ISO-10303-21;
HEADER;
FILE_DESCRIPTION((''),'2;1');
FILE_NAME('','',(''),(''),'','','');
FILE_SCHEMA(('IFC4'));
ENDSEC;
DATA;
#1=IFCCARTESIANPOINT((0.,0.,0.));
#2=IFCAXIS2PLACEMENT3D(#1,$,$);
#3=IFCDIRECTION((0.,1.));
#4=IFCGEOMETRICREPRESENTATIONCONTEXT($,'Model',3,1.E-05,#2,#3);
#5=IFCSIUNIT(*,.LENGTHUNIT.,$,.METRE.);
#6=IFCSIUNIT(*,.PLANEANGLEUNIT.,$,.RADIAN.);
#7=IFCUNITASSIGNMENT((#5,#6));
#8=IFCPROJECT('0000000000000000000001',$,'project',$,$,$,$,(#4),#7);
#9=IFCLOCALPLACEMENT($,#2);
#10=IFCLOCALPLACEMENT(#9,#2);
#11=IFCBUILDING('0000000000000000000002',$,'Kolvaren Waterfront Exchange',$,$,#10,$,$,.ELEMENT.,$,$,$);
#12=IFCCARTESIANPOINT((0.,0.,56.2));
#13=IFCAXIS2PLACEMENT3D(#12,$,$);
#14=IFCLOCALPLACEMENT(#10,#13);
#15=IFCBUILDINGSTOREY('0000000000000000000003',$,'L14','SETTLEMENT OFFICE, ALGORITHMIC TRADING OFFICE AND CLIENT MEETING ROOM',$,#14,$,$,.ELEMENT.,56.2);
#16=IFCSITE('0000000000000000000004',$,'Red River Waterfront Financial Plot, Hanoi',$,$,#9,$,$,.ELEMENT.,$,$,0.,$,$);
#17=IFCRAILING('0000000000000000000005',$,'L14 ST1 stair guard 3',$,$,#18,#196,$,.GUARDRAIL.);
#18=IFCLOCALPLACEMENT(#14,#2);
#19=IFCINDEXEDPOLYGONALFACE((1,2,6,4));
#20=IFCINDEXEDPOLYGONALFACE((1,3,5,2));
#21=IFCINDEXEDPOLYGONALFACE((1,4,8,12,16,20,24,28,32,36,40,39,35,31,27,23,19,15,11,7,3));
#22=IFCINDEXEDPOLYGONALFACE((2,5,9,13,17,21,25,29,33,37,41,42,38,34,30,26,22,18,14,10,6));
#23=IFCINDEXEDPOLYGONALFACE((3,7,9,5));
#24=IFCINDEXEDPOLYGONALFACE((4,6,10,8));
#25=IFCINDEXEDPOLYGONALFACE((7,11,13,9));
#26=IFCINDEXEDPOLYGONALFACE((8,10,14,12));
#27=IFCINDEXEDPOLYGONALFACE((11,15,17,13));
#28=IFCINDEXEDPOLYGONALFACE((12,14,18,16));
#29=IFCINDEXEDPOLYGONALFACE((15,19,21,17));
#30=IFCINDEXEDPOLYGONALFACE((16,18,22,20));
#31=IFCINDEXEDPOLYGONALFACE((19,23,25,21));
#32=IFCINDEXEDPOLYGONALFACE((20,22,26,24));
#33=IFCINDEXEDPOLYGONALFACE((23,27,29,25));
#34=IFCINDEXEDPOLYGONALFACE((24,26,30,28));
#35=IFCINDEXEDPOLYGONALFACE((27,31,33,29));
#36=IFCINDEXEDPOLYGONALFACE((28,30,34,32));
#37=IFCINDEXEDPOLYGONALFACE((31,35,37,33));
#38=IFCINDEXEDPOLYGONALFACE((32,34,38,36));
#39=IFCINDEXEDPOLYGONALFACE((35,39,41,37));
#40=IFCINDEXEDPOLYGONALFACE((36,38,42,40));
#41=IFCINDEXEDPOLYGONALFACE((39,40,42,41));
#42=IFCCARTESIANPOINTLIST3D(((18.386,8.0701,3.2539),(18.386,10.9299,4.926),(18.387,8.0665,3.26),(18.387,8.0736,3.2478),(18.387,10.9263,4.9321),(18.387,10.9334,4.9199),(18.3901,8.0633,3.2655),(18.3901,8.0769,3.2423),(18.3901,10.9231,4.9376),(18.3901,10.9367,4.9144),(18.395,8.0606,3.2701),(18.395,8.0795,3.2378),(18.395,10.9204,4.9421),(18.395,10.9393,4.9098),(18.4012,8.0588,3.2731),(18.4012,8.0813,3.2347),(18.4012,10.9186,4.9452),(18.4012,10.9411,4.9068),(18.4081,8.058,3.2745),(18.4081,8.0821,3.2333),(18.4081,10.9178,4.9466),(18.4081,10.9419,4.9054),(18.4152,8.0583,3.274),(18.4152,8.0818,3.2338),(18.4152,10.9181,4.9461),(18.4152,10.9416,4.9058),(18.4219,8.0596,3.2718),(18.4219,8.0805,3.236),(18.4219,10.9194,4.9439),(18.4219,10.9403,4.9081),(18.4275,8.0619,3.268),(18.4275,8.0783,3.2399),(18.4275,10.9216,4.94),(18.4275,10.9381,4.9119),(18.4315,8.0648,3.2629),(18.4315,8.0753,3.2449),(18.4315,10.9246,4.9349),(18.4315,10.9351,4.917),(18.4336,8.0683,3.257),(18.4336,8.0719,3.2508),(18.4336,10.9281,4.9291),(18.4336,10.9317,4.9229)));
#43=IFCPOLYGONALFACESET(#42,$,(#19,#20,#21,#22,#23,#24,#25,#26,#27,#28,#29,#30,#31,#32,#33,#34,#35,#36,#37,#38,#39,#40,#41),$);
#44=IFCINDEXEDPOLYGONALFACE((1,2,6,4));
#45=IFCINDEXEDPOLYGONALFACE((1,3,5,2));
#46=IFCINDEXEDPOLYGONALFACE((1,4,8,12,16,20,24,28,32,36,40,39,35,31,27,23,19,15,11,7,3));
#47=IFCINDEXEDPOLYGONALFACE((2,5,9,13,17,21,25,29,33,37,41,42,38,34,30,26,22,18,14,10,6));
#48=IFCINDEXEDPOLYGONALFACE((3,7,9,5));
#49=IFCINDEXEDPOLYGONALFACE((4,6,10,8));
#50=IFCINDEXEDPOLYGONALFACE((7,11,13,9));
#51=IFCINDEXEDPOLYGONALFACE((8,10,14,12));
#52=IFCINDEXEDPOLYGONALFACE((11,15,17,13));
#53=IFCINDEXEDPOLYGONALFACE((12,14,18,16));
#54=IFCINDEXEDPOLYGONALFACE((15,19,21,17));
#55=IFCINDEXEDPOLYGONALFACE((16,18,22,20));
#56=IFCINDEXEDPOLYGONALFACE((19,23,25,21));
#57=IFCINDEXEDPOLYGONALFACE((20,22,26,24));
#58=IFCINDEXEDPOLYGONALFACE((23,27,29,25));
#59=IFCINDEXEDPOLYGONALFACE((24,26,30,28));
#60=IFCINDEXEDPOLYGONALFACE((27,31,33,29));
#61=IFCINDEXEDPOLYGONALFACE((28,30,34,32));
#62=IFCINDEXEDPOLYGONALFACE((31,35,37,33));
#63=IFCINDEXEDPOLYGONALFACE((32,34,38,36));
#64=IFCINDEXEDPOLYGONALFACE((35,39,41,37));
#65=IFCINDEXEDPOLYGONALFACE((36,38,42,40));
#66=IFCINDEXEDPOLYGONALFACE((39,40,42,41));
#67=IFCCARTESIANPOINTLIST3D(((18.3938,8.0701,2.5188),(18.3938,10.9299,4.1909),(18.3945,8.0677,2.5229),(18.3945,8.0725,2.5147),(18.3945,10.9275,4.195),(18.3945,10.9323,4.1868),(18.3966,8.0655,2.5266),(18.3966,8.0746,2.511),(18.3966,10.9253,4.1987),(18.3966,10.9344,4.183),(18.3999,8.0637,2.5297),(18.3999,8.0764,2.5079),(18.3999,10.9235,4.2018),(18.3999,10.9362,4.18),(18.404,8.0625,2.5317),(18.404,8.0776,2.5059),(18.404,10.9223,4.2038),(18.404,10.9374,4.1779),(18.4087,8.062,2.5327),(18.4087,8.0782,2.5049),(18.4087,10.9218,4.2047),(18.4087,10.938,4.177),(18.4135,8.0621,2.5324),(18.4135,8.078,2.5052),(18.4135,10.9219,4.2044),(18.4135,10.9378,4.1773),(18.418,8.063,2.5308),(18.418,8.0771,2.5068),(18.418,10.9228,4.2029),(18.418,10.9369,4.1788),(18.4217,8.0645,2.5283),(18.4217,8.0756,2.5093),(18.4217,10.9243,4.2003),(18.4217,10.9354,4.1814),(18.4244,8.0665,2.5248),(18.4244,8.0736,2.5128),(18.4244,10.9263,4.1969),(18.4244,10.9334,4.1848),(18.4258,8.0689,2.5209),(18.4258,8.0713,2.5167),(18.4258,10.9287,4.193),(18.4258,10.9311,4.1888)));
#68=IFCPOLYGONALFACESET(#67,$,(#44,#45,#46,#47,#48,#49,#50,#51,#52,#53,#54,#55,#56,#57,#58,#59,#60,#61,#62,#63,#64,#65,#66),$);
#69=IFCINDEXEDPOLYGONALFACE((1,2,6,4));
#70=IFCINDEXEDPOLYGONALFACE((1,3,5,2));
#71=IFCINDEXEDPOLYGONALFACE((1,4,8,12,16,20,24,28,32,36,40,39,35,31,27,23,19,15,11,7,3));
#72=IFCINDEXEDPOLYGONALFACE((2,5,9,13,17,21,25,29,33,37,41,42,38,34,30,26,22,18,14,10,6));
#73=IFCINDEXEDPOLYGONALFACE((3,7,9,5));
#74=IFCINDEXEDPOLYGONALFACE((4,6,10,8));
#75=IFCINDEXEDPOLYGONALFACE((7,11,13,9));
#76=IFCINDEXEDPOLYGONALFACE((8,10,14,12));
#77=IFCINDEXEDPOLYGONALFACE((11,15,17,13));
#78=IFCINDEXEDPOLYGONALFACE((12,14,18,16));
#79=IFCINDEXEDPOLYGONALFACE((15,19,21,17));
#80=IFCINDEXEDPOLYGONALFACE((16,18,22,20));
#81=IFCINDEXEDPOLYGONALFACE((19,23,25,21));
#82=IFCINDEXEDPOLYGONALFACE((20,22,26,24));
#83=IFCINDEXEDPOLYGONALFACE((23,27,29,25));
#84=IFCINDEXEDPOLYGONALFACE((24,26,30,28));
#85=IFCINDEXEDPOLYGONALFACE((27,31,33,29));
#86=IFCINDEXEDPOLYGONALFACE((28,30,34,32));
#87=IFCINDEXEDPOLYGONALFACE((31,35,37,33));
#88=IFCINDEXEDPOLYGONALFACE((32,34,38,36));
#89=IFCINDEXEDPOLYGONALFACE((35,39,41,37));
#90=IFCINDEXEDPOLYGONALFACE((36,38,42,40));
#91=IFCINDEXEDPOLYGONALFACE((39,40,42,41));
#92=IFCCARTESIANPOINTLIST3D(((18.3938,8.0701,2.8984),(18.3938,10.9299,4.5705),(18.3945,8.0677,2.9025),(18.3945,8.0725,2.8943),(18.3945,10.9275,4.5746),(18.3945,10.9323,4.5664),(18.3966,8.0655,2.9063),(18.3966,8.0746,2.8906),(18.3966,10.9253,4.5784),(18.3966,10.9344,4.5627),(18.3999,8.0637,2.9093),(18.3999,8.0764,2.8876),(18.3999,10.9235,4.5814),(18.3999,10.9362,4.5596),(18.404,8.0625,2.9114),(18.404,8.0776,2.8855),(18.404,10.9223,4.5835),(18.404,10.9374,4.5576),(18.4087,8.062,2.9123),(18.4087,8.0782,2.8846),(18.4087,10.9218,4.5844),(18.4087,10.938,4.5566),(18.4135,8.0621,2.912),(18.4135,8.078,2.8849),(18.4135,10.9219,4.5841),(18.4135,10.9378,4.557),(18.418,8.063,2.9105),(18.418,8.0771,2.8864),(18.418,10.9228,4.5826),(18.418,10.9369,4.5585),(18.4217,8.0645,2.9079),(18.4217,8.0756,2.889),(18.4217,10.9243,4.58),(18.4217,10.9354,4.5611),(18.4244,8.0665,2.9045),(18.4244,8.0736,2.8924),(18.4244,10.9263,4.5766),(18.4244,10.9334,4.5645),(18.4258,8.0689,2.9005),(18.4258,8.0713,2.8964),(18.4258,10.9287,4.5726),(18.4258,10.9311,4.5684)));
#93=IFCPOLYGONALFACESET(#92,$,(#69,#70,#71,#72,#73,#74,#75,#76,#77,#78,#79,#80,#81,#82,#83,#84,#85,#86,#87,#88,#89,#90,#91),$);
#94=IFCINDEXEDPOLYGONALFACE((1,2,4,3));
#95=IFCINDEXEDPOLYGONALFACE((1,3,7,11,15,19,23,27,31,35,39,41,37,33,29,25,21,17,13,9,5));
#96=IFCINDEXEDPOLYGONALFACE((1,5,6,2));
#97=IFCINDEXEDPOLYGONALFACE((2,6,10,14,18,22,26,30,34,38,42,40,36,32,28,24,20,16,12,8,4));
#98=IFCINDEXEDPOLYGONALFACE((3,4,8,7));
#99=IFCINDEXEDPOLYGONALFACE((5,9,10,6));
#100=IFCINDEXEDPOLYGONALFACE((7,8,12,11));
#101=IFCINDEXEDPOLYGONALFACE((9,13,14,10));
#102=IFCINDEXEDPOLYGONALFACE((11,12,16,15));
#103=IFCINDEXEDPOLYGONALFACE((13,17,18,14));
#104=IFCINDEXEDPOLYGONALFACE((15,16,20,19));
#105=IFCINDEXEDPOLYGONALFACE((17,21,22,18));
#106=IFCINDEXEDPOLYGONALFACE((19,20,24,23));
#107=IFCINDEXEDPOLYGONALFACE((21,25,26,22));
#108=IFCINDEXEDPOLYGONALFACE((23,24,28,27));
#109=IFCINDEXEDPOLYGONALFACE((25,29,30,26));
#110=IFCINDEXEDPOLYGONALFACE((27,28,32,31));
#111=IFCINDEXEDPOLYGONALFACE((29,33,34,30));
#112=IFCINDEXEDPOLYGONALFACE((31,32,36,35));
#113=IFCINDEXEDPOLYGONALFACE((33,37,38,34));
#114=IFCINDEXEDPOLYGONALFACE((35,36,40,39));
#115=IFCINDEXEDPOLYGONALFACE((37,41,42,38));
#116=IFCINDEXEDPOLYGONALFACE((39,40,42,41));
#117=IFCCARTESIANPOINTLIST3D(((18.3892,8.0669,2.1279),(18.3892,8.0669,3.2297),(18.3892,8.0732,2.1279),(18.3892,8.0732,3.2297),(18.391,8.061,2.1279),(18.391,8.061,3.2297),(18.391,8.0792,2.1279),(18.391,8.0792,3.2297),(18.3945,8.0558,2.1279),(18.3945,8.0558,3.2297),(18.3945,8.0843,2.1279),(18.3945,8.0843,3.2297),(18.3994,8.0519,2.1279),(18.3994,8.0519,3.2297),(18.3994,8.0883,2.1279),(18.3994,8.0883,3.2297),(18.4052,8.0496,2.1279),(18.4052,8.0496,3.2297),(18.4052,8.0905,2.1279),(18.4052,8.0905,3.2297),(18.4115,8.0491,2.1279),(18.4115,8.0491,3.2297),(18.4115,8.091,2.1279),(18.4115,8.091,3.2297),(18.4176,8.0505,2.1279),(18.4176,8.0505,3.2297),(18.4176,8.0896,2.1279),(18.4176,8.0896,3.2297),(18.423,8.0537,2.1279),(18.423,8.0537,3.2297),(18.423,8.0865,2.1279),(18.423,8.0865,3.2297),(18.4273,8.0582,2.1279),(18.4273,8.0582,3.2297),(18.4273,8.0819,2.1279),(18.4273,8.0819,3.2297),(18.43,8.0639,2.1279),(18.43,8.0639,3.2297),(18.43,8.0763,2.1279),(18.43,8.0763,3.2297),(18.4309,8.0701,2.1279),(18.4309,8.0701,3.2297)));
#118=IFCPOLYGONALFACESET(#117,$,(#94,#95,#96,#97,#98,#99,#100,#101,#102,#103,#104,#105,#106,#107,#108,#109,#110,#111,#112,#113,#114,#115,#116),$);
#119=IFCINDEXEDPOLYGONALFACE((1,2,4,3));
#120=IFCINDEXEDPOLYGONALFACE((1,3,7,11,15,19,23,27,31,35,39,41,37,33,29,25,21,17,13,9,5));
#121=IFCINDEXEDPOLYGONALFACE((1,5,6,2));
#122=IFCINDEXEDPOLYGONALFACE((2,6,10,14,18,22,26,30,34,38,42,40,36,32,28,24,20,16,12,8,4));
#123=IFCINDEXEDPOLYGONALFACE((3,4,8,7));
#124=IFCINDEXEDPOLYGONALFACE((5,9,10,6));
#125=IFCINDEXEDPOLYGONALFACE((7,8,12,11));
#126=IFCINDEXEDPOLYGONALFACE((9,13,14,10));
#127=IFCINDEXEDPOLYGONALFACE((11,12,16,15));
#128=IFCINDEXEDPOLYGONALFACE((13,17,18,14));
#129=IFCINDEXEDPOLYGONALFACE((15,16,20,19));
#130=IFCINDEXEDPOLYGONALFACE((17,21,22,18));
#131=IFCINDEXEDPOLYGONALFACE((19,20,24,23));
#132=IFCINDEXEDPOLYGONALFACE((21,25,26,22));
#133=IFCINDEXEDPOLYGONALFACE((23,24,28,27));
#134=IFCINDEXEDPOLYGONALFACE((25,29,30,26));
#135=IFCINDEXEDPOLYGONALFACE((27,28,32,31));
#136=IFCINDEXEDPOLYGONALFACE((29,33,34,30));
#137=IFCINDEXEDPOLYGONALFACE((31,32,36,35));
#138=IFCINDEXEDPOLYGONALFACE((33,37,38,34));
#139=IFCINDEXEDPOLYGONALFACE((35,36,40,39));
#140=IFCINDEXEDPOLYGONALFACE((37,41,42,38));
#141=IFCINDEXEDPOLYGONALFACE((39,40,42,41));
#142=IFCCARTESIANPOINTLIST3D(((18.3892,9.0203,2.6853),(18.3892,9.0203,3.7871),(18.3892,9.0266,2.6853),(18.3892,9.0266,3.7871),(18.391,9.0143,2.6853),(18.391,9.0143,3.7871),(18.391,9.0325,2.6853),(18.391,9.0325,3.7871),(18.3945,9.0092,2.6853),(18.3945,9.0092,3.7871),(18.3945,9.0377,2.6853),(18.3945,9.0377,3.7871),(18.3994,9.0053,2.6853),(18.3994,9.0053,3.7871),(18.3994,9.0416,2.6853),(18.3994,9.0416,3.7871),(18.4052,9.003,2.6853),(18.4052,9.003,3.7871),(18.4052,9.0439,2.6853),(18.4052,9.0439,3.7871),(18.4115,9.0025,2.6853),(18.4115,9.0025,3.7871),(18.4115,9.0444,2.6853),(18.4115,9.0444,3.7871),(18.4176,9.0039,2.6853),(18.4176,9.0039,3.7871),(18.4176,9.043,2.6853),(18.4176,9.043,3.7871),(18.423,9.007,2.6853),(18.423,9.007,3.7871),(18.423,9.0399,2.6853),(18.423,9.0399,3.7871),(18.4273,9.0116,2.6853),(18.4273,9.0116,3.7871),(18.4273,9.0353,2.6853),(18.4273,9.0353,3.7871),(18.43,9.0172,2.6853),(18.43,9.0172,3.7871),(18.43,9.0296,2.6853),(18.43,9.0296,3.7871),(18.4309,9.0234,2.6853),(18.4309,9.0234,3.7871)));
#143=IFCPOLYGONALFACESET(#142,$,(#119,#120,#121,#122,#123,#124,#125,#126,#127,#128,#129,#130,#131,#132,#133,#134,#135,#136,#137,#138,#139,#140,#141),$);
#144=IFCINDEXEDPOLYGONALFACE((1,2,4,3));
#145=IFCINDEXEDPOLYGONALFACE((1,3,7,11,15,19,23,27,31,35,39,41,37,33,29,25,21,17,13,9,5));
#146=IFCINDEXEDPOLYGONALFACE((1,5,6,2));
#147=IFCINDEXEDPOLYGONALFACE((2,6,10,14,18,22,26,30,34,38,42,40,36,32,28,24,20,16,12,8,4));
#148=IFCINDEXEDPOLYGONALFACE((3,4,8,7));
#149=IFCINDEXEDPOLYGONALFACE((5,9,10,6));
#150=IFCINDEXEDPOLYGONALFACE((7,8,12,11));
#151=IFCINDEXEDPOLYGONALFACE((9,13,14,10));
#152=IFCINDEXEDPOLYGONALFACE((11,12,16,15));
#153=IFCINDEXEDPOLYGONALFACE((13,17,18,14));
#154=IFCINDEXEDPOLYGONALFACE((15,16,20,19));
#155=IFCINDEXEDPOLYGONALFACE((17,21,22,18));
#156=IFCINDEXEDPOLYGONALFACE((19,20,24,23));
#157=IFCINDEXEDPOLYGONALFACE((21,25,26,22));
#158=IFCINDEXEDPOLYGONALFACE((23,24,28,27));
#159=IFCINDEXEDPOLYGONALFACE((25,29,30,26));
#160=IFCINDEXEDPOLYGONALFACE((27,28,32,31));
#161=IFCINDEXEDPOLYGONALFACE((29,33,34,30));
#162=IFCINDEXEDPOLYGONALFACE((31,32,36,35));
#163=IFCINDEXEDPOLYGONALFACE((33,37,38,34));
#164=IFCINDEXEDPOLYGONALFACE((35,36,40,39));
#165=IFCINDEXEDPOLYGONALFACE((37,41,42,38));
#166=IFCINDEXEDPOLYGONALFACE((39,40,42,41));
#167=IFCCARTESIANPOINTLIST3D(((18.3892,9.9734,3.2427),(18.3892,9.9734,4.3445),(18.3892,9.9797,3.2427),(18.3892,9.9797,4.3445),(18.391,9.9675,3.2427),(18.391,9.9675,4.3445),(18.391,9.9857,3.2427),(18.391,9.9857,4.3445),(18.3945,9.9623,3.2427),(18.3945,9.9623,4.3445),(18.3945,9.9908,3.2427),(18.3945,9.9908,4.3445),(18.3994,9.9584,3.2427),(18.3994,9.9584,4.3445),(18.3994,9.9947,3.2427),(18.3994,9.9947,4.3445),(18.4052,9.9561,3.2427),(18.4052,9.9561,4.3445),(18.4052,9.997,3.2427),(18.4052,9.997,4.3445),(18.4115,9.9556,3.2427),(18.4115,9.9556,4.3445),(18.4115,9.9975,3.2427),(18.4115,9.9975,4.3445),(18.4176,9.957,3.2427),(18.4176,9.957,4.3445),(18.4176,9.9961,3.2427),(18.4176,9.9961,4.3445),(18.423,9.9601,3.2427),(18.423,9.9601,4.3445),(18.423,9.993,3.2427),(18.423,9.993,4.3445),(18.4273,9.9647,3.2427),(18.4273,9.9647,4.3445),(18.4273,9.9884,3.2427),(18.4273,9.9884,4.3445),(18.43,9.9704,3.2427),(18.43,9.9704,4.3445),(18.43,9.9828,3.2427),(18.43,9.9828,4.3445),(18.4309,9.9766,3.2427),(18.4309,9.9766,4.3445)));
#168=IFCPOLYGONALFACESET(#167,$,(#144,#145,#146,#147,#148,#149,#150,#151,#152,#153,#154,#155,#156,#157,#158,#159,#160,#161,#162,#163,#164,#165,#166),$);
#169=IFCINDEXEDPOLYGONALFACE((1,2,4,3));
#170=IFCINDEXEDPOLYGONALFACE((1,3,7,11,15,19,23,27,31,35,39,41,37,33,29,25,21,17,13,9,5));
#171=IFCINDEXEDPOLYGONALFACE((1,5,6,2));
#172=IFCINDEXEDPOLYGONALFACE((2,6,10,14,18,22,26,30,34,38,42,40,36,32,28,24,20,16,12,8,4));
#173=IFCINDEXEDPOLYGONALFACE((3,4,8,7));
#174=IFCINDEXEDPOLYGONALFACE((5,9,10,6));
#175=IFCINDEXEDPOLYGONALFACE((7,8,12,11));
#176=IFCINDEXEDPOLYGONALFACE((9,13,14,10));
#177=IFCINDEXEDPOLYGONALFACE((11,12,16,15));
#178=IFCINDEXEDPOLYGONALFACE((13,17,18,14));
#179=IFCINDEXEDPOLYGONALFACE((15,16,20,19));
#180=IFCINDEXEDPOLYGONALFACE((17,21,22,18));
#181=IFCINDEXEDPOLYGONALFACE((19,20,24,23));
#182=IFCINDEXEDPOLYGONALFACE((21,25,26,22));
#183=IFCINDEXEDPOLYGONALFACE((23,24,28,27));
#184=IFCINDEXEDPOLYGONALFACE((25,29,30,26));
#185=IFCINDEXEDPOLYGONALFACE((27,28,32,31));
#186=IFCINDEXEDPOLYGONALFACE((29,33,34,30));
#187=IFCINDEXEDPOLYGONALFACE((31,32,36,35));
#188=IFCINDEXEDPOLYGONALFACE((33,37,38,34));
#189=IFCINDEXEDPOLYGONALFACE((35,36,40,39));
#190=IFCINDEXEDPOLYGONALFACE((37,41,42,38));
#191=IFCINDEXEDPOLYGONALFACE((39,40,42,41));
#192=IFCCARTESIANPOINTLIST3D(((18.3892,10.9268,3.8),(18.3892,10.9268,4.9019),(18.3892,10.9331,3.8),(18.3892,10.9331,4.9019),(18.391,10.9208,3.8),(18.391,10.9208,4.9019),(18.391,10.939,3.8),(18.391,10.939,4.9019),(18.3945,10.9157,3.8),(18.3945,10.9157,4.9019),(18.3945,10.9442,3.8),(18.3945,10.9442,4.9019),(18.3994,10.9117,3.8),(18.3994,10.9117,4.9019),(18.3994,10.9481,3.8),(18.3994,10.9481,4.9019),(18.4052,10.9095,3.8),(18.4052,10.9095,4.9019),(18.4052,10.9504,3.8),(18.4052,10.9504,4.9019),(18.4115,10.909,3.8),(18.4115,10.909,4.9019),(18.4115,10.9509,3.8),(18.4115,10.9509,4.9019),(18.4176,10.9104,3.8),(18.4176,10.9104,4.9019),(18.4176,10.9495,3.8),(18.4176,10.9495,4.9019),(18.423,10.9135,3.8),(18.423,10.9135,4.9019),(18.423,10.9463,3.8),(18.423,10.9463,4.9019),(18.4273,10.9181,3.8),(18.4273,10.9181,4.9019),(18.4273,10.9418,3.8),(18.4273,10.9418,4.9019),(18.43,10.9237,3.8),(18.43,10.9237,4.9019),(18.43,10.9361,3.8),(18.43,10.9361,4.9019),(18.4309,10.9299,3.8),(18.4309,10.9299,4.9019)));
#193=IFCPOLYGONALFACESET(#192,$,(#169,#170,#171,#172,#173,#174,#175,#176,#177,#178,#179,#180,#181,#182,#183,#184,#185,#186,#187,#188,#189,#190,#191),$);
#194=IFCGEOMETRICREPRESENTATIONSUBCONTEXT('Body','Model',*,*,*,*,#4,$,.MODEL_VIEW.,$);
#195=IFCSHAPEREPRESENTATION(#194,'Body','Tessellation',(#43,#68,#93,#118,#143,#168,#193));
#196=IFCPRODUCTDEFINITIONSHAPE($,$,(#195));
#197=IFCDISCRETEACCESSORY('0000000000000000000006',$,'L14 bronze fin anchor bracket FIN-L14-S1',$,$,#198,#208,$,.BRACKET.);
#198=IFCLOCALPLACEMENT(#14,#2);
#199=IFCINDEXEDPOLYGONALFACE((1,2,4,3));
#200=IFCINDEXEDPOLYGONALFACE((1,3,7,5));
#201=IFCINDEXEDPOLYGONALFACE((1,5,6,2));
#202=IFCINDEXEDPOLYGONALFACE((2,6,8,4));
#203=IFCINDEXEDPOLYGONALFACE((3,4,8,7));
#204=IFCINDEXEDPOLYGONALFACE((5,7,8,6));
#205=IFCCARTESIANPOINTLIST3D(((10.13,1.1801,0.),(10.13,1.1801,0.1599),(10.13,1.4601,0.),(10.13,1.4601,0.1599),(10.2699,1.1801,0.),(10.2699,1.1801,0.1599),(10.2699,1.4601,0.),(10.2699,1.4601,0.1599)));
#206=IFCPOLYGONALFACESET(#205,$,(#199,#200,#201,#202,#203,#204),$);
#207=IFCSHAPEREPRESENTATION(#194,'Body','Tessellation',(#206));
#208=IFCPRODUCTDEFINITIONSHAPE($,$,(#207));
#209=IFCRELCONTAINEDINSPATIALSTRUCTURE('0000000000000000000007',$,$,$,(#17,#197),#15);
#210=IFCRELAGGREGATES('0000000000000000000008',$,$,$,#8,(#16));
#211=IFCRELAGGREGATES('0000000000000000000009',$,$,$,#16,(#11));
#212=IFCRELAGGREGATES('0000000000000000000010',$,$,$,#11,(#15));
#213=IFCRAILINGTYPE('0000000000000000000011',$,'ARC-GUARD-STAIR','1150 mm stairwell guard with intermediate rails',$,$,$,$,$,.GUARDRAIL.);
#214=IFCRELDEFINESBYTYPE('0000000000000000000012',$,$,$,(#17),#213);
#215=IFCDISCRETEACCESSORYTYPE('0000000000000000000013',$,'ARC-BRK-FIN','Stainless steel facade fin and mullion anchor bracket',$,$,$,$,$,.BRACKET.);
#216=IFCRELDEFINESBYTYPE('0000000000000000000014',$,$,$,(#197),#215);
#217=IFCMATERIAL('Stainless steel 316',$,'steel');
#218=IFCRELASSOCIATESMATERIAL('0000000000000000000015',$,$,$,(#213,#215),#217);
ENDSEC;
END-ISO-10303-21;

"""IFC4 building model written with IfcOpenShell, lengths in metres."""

from ifc_helpers import new_model, si_unit, direction, frame, origin, origin_with_axes, origin_2d, place, context, subcontext, project, spatial, rectangle, circle, extrude, source, transform, mapped, material, type_object, element, save


model = new_model("IFC4")

# Units and contexts
model_context = context("Model", 3, precision=1e-05, world=origin(), true_north=direction((0.0, 1.0)))
body_context = subcontext(model_context, "Body", "Model", "MODEL_VIEW")
ifc_project = project(units=[si_unit("LENGTHUNIT", "METRE"), si_unit("PLANEANGLEUNIT", "RADIAN")], contexts=[model_context])

# Site, building, storey
site_placement = place(None, origin())
site = spatial("IfcSite", under=ifc_project, at=site_placement, Name="Red River Waterfront Financial Plot, Hanoi", CompositionType="ELEMENT", RefElevation=0.0)
building_placement = place(site_placement, origin())
building = spatial("IfcBuilding", under=site, at=building_placement, Name="Kolvaren Waterfront Exchange", CompositionType="ELEMENT")
storey_placement = place(building_placement, frame((0.0, 0.0, 56.2)))
storey = spatial("IfcBuildingStorey", under=building, at=storey_placement, Name="L14", Description="SETTLEMENT OFFICE, ALGORITHMIC TRADING OFFICE AND CLIENT MEETING ROOM", CompositionType="ELEMENT", Elevation=56.2)

# Railing
ifc_material_1 = material(Name="Stainless steel 316", Category="steel")
railing_type = type_object("IfcRailingType", Name="ARC-GUARD-STAIR", Description="1150 mm stairwell guard with intermediate rails", PredefinedType="GUARDRAIL", material=ifc_material_1)
railing_1_placement = place(storey_placement, frame((18.4099, 8.0701, 2.1279)))
element("IfcRailing", 1, at=railing_1_placement, inside=storey, type_object=railing_type, Name="L14 ST1 stair guard 3", PredefinedType="GUARDRAIL", context=body_context, shape_type="SweptSolid", body=[
    extrude(circle(Radius=0.0239, at=origin_2d()), frame((0.0, 0.0, 1.126), z_axis=(0.0, 0.863271, 0.504741), x_axis=(-1.0, 0.0, 0.0)), (0.0, 0.0, 1.0), 3.3127),
    extrude(circle(Radius=0.0161, at=origin_2d()), frame((0.0, 0.0, 0.3909), z_axis=(0.0, 0.863271, 0.504741), x_axis=(-1.0, 0.0, 0.0)), (0.0, 0.0, 1.0), 3.3127),
    extrude(circle(Radius=0.0161, at=origin_2d()), frame((0.0, 0.0, 0.7705), z_axis=(0.0, 0.863271, 0.504741), x_axis=(-1.0, 0.0, 0.0)), (0.0, 0.0, 1.0), 3.3127),
    extrude(circle(Radius=0.021, at=origin_2d()), origin(), (0.0, 0.0, 1.0), 1.1018),
    extrude(circle(Radius=0.021, at=origin_2d()), frame((0.0, 0.9534, 0.5574)), (0.0, 0.0, 1.0), 1.1018),
    extrude(circle(Radius=0.021, at=origin_2d()), frame((0.0, 1.9065, 1.1147)), (0.0, 0.0, 1.0), 1.1018),
    extrude(circle(Radius=0.021, at=origin_2d()), frame((0.0, 2.8599, 1.6721)), (0.0, 0.0, 1.0), 1.1018),
])

# Discrete accessory
discrete_accessory_type = type_object("IfcDiscreteAccessoryType", Name="ARC-BRK-FIN", Description="Stainless steel facade fin and mullion anchor bracket", PredefinedType="BRACKET", material=ifc_material_1)
shared_shape_1 = source(origin_with_axes(), body_context, "Body", "SweptSolid", [
    extrude(rectangle(XDim=0.28, YDim=0.1399, at=origin_2d()), origin(), (0.0, 0.0, 1.0), 0.1599),
])
for number, where, z_axis, x_axis, name in (
    (2, (10.2, 1.3201, 0.0), (0.0, 0.0, 1.0), (0.0, -1.0, 0.0), "L14 bronze fin anchor bracket FIN-L14-S1"),
):
    element("IfcDiscreteAccessory", number, at=place(storey_placement, frame(where, z_axis=z_axis, x_axis=x_axis)), inside=storey, type_object=discrete_accessory_type, Name=name, PredefinedType="BRACKET", context=body_context, shape_type="MappedRepresentation", body=[
        mapped(shared_shape_1, transform((0.0, 0.0, 0.0), x_axis=(1.0, 0.0, 0.0), y_axis=(0.0, 1.0, 0.0), z_axis=(0.0, 0.0, 1.0), scale=1.0)),
    ])

save(model, "model.ifc")
